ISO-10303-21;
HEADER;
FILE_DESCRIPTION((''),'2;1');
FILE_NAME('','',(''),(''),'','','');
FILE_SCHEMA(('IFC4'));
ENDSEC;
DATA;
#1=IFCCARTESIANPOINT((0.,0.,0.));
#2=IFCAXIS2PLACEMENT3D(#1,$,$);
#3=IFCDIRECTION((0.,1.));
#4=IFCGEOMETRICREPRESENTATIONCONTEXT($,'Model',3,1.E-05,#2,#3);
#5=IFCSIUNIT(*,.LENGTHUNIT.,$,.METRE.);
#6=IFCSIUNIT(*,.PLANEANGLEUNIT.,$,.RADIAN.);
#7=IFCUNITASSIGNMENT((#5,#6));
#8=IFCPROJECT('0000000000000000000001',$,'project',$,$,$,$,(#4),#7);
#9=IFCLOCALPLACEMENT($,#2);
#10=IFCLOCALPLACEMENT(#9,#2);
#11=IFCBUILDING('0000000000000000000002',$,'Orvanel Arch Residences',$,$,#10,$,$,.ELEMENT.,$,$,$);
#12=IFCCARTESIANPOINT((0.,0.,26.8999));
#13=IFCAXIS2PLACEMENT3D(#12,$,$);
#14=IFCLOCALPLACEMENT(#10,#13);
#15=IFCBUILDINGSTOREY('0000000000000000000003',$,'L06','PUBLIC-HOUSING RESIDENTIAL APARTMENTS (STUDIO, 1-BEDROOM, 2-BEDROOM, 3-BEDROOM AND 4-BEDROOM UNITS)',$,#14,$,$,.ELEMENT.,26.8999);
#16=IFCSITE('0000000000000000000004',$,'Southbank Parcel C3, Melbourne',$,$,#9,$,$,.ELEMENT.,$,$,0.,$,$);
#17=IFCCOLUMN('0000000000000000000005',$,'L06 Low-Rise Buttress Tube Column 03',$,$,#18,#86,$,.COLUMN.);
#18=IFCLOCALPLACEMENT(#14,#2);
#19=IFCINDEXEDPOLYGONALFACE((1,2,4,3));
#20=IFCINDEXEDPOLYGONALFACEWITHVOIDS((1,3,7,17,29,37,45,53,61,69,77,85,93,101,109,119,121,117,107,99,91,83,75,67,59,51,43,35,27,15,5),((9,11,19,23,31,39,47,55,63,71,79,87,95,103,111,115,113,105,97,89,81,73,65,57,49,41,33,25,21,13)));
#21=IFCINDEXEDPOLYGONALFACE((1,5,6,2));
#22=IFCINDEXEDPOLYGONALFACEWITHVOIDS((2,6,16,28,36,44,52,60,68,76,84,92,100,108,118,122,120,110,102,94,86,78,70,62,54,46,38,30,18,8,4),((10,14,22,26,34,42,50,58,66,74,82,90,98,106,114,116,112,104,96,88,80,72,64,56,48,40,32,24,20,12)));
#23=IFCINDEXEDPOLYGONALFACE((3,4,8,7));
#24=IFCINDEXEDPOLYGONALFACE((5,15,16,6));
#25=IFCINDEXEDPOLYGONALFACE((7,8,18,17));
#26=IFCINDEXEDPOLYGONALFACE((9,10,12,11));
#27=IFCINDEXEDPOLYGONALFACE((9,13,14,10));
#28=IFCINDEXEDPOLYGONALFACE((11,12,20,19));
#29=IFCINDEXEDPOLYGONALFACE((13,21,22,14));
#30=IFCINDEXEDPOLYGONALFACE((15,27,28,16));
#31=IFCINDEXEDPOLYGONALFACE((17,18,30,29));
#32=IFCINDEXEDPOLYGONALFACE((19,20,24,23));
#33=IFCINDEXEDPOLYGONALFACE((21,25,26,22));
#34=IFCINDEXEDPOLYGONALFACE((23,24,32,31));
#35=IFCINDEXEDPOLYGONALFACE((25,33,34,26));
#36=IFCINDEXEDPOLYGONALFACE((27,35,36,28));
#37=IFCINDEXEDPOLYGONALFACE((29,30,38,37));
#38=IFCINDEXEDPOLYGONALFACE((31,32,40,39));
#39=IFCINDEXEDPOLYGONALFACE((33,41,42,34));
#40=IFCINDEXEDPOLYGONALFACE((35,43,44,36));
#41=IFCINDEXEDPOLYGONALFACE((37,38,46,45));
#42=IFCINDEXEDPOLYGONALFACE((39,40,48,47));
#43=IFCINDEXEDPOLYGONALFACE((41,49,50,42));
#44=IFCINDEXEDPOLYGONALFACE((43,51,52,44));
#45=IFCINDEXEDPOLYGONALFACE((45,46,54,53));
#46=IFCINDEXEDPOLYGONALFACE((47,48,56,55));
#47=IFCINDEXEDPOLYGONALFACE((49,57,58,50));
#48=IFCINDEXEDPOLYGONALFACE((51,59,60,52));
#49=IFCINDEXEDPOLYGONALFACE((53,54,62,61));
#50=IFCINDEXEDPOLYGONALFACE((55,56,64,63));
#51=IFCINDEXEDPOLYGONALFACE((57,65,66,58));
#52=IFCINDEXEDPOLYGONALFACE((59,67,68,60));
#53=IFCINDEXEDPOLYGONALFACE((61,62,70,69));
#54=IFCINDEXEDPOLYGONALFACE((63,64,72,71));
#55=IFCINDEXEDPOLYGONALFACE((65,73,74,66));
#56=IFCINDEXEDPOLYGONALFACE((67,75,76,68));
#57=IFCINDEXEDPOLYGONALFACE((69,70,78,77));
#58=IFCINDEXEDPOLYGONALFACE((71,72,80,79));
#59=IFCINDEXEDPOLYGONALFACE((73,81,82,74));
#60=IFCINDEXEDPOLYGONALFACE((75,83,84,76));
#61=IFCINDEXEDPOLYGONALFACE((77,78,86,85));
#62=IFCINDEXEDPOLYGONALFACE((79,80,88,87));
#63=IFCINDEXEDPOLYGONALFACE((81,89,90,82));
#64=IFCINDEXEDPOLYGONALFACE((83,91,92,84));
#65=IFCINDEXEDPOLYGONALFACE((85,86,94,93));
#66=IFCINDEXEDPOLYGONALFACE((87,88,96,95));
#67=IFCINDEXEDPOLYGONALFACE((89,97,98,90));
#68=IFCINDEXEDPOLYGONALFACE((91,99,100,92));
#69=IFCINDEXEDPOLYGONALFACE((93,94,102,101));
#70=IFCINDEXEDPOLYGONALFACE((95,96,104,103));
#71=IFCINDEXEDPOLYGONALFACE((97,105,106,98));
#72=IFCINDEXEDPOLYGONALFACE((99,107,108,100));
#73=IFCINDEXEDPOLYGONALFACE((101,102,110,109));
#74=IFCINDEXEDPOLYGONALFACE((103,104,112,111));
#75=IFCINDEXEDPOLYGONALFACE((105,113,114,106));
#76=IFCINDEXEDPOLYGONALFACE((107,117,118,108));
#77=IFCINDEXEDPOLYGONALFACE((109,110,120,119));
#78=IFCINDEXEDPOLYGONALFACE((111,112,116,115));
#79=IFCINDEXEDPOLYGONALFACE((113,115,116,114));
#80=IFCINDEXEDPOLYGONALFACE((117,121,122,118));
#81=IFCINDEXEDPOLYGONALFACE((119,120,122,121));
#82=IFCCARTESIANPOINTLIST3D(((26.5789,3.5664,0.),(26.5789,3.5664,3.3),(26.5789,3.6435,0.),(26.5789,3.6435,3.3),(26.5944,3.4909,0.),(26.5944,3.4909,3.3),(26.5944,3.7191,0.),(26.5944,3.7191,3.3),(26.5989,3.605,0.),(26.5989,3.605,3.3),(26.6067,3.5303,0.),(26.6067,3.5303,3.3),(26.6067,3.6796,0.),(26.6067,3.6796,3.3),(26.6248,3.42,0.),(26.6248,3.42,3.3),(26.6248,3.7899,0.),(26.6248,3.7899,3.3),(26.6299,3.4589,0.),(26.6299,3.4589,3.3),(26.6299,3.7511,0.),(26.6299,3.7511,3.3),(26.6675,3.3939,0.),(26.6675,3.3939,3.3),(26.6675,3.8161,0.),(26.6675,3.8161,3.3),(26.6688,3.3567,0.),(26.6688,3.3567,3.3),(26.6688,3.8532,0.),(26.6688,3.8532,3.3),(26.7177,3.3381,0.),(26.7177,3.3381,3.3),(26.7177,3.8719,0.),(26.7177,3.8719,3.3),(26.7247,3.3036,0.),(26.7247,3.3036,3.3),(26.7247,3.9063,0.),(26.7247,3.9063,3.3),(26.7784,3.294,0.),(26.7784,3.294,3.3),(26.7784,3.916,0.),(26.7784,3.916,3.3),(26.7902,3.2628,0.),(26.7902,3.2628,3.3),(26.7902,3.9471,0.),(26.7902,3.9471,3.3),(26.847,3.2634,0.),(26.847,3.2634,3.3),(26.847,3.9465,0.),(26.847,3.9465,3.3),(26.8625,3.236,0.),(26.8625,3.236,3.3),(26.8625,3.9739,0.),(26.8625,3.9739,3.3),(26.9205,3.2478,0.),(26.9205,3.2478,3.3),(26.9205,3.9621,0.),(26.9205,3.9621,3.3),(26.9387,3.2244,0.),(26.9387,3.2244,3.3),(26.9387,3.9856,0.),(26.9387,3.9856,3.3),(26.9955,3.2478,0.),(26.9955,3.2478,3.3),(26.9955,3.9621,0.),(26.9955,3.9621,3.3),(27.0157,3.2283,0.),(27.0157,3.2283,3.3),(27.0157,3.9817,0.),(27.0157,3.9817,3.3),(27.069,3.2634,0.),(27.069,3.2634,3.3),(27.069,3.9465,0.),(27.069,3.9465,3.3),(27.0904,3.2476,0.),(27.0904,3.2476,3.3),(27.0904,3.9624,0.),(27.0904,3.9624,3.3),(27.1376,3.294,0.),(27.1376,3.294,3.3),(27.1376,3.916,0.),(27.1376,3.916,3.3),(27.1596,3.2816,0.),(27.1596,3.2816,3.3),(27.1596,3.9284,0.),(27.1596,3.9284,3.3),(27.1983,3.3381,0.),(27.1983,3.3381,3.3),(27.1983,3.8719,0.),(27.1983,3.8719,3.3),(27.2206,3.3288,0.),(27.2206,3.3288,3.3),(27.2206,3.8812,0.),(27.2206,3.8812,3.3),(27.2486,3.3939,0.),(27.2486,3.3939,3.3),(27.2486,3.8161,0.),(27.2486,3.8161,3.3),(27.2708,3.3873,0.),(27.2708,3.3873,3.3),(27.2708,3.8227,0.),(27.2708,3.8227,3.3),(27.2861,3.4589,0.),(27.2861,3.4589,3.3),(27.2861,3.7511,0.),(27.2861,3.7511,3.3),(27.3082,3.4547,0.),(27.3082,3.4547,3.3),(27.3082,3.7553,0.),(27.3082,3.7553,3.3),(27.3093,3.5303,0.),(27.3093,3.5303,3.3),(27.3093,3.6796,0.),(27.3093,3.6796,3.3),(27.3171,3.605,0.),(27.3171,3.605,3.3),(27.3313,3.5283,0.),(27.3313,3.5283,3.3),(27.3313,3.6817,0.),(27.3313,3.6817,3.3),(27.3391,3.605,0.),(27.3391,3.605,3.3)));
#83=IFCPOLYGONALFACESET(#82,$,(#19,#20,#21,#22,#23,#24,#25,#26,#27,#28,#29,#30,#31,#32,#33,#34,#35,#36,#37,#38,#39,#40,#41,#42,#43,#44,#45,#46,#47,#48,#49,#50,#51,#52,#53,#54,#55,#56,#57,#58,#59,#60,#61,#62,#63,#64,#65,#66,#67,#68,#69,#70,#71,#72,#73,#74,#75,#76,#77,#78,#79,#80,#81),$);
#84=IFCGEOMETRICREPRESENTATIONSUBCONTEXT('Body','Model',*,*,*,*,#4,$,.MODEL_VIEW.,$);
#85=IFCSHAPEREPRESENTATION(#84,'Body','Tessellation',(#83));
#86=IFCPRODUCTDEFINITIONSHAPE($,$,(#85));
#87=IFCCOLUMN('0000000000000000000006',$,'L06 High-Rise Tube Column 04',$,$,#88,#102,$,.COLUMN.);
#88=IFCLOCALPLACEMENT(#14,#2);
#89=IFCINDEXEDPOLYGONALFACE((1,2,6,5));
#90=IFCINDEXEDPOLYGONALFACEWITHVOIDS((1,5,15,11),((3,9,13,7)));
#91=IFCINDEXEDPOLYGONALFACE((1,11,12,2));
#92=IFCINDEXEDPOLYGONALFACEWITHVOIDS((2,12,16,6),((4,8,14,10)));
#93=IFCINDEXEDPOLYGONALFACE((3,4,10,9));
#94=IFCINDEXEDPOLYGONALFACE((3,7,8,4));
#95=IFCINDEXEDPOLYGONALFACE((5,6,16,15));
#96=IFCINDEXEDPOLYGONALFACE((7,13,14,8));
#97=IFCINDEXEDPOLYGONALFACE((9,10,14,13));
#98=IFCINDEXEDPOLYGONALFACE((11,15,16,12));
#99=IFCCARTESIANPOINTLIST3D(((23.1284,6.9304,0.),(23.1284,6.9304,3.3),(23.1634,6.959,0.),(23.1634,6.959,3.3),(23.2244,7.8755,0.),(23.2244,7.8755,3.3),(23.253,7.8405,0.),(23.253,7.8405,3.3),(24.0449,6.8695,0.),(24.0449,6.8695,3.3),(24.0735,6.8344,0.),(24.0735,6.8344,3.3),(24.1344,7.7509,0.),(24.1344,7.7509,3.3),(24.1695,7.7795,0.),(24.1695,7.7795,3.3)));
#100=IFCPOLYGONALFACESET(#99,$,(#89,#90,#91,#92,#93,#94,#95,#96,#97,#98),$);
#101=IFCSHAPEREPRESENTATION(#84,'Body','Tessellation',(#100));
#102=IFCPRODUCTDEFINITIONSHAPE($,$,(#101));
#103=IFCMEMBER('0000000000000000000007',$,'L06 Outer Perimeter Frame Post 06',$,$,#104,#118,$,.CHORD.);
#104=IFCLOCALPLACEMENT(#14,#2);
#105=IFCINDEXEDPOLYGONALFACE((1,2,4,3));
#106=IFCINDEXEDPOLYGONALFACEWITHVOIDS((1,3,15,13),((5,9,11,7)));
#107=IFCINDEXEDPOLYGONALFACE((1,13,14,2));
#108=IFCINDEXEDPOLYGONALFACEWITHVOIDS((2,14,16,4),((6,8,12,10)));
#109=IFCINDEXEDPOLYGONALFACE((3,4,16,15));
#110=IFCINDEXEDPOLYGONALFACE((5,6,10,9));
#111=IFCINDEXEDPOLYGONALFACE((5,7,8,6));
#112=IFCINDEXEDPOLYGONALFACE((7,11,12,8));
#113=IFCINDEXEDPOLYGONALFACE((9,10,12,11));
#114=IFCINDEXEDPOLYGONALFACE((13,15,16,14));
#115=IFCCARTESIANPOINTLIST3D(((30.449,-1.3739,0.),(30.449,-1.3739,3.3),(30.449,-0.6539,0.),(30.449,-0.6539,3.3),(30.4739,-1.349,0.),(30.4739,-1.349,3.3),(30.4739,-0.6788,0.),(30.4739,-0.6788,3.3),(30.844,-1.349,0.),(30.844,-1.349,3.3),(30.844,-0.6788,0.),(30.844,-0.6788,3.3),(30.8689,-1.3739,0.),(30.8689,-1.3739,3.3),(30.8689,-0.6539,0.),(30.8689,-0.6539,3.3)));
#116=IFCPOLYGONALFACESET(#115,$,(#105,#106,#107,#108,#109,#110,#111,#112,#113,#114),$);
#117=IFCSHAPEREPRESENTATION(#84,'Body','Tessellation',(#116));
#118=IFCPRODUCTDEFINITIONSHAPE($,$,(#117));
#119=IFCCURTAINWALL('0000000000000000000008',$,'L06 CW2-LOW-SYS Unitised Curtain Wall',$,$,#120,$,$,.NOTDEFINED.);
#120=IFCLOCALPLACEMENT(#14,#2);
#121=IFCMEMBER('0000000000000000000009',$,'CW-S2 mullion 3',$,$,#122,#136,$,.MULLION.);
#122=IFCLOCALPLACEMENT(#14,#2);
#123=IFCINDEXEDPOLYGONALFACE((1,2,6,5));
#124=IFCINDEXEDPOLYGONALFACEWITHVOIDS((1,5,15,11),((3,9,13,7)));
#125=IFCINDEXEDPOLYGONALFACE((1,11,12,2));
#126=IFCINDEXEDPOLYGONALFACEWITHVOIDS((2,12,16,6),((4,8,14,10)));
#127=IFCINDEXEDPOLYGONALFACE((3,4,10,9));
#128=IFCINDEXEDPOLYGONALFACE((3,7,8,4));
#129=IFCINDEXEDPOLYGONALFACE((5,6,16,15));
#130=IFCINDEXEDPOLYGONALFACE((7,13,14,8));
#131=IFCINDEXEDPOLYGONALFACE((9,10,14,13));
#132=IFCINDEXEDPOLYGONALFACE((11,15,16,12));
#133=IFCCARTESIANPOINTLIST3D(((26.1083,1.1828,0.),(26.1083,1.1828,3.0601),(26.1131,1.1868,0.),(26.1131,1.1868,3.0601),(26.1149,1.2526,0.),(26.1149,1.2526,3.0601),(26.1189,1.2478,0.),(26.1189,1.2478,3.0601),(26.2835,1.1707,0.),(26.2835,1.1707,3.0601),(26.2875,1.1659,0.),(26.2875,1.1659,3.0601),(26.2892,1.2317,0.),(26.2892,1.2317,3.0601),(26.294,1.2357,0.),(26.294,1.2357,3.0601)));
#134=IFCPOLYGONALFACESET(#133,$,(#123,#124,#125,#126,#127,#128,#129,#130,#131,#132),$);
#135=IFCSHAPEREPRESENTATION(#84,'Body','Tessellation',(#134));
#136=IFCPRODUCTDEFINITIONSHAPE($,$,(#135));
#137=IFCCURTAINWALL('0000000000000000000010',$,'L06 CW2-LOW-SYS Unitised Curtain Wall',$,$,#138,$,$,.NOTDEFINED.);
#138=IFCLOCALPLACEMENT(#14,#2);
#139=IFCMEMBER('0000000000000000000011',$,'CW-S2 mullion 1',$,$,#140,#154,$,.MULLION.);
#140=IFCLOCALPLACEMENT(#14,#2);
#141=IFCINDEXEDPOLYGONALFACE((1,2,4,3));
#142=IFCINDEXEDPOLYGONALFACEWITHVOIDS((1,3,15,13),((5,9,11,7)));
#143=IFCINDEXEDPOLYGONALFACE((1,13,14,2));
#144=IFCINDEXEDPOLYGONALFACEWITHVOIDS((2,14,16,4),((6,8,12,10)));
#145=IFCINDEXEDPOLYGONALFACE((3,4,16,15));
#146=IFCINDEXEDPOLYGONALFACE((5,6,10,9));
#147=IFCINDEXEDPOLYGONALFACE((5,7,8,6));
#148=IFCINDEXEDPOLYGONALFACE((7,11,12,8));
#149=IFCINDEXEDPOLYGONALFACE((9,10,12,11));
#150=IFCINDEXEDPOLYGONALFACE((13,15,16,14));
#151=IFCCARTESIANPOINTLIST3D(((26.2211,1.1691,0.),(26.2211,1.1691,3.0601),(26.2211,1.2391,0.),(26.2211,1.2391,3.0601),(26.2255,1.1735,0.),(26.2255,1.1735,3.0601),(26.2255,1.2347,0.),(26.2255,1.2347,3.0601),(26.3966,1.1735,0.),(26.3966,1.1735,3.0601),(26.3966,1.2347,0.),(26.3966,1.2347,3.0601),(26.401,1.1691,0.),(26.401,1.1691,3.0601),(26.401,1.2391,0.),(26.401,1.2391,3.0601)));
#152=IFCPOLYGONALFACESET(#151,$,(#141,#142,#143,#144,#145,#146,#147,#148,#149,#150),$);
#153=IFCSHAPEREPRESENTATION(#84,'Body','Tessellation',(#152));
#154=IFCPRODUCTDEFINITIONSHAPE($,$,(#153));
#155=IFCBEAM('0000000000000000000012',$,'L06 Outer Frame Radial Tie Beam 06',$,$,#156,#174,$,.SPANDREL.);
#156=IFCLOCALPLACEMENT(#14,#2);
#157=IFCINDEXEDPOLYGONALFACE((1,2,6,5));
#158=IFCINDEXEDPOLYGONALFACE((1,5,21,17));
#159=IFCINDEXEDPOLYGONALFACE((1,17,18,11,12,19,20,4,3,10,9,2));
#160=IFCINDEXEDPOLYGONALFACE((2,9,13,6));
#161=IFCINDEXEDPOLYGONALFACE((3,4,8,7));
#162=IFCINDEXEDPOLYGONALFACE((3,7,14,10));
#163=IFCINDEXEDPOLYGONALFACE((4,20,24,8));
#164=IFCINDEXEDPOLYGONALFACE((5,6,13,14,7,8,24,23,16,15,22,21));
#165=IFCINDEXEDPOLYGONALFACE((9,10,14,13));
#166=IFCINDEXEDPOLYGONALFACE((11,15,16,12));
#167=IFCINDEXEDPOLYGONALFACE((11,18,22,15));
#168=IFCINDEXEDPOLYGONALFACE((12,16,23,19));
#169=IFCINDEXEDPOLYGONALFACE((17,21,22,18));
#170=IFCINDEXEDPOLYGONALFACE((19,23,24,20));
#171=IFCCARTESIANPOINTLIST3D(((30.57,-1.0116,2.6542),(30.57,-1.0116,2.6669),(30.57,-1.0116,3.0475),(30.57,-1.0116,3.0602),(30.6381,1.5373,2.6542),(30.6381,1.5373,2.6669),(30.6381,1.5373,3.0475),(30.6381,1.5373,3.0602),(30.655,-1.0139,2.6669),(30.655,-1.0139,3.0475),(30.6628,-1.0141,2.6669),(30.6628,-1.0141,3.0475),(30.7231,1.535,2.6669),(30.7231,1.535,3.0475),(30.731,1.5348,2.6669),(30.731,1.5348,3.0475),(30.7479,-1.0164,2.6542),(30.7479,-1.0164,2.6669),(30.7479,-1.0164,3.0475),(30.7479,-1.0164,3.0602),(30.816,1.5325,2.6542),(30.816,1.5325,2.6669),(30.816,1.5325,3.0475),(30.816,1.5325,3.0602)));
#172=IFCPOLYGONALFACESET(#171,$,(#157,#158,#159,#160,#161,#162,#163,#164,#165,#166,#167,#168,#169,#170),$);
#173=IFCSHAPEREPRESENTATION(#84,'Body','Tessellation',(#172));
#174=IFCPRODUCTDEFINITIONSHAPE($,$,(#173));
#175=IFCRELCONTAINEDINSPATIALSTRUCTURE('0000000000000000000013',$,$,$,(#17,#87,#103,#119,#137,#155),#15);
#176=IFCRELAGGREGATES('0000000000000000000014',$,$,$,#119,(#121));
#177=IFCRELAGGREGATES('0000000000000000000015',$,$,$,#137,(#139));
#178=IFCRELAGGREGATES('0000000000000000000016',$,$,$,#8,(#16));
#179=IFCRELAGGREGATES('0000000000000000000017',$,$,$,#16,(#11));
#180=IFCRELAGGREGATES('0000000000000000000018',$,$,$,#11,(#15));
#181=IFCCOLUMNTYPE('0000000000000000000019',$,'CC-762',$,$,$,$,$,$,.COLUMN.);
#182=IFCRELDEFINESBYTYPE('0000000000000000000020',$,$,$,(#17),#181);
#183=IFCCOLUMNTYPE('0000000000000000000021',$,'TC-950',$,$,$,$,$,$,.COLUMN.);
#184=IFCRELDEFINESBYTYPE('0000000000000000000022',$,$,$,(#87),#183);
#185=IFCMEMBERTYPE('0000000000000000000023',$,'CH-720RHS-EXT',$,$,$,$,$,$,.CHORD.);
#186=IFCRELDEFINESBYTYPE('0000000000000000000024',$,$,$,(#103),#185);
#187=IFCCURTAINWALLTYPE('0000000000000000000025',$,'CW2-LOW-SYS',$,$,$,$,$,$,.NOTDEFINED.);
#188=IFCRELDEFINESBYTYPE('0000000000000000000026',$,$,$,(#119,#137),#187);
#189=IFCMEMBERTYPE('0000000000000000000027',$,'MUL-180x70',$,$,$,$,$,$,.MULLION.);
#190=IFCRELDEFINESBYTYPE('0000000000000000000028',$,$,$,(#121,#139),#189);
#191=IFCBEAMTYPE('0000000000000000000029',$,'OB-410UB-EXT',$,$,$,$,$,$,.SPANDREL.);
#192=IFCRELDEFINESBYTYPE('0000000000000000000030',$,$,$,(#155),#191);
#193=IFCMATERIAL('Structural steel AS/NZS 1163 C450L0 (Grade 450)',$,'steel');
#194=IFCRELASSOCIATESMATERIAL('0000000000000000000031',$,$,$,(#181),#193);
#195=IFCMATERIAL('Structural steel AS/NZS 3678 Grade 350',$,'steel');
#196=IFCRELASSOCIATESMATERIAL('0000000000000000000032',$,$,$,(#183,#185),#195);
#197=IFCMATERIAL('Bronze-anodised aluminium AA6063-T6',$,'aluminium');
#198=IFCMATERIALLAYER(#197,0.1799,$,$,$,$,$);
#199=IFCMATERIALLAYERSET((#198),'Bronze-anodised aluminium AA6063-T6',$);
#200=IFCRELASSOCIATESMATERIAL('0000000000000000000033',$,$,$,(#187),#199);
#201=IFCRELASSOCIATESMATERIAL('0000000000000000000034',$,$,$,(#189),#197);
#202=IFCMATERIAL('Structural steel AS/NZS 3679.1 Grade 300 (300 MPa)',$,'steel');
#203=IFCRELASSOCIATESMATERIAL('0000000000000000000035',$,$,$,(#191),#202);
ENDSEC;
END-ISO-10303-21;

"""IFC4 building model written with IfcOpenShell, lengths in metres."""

from ifc_helpers import new_model, si_unit, direction, frame, origin, origin_2d, place, context, subcontext, project, spatial, hollow_rectangle, hollow_circle, i_section, extrude, material, layer, layer_set, material_profile, profile_set, type_object, element, aggregate, save


model = new_model("IFC4")

# Units and contexts
model_context = context("Model", 3, precision=1e-05, world=origin(), true_north=direction((0.0, 1.0)))
body_context = subcontext(model_context, "Body", "Model", "MODEL_VIEW")
ifc_project = project(units=[si_unit("LENGTHUNIT", "METRE"), si_unit("PLANEANGLEUNIT", "RADIAN")], contexts=[model_context])

# Site, building, storey
site_placement = place(None, origin())
site = spatial("IfcSite", under=ifc_project, at=site_placement, Name="Southbank Parcel C3, Melbourne", CompositionType="ELEMENT", RefElevation=0.0)
building_placement = place(site_placement, origin())
building = spatial("IfcBuilding", under=site, at=building_placement, Name="Orvanel Arch Residences", CompositionType="ELEMENT")
storey_placement = place(building_placement, frame((0.0, 0.0, 26.8999)))
storey = spatial("IfcBuildingStorey", under=building, at=storey_placement, Name="L06", Description="PUBLIC-HOUSING RESIDENTIAL APARTMENTS (STUDIO, 1-BEDROOM, 2-BEDROOM, 3-BEDROOM AND 4-BEDROOM UNITS)", CompositionType="ELEMENT", Elevation=26.8999)

# Columns
ifc_material_1 = material(Name="Structural steel AS/NZS 1163 C450L0 (Grade 450)", Category="steel")
ifc_material_profile_1 = material_profile(ifc_material_1, hollow_circle(Radius=0.3811, WallThickness=0.022, at=origin_2d()), Name="CHS762x22")
ifc_profile_set_1 = profile_set([ifc_material_profile_1], Name="Structural steel AS/NZS 1163 C450L0 (Grade 450)")
column_type_1 = type_object("IfcColumnType", Name="CC-762", PredefinedType="COLUMN", material=ifc_profile_set_1)
column_1_placement = place(storey_placement, frame((26.958, 3.605, 0.0), z_axis=(0.0, 0.0, 1.0), x_axis=(1.0, 0.0, 0.0)))
element("IfcColumn", 1, at=column_1_placement, inside=storey, type_object=column_type_1, Name="L06 Low-Rise Buttress Tube Column 03", PredefinedType="COLUMN", context=body_context, shape_type="SweptSolid", body=[
    extrude(hollow_circle(Radius=0.3811, WallThickness=0.022, at=origin_2d()), origin(), (0.0, 0.0, 1.0), 3.3),
])
ifc_material_2 = material(Name="Structural steel AS/NZS 3678 Grade 350", Category="steel")
ifc_material_profile_2 = material_profile(ifc_material_2, hollow_rectangle(XDim=0.95, YDim=0.95, WallThickness=0.032, at=origin_2d()), Name="BOX950x950x32")
ifc_profile_set_2 = profile_set([ifc_material_profile_2], Name="Structural steel AS/NZS 3678 Grade 350")
column_type_2 = type_object("IfcColumnType", Name="TC-950", PredefinedType="COLUMN", material=ifc_profile_set_2)
column_2_placement = place(storey_placement, frame((23.6489, 7.355, 0.0), z_axis=(0.0, 0.0, 1.0), x_axis=(-0.994881, 0.101056, 0.0)))
element("IfcColumn", 2, at=column_2_placement, inside=storey, type_object=column_type_2, Name="L06 High-Rise Tube Column 04", PredefinedType="COLUMN", context=body_context, shape_type="SweptSolid", body=[
    extrude(hollow_rectangle(XDim=0.95, YDim=0.95, WallThickness=0.032, at=origin_2d()), origin(), (0.0, 0.0, 1.0), 3.3),
])

# Member
ifc_material_profile_3 = material_profile(ifc_material_2, hollow_rectangle(XDim=0.4199, YDim=0.72, WallThickness=0.0249, at=origin_2d()), Name="RHS720x420x25")
ifc_profile_set_3 = profile_set([ifc_material_profile_3], Name="Structural steel AS/NZS 3678 Grade 350")
member_type_1 = type_object("IfcMemberType", Name="CH-720RHS-EXT", PredefinedType="CHORD", material=ifc_profile_set_3)
member_1_placement = place(storey_placement, frame((30.6589, -1.0139, 0.0), z_axis=(0.0, 0.0, 1.0), x_axis=(1.0, 0.0, 0.0)))
element("IfcMember", 3, at=member_1_placement, inside=storey, type_object=member_type_1, Name="L06 Outer Perimeter Frame Post 06", PredefinedType="CHORD", context=body_context, shape_type="SweptSolid", body=[
    extrude(hollow_rectangle(XDim=0.4199, YDim=0.72, WallThickness=0.0249, at=origin_2d()), origin(), (0.0, 0.0, 1.0), 3.3),
])

# Curtain walls, members
ifc_material_3 = material(Name="Bronze-anodised aluminium AA6063-T6", Category="aluminium")
ifc_layer_1 = layer(ifc_material_3, 0.1799)
ifc_layer_set_1 = layer_set([ifc_layer_1], Name="Bronze-anodised aluminium AA6063-T6")
curtain_wall_type = type_object("IfcCurtainWallType", Name="CW2-LOW-SYS", PredefinedType="NOTDEFINED", material=ifc_layer_set_1)
curtain_wall_1_placement = place(storey_placement, origin())
curtain_wall_1 = element("IfcCurtainWall", 4, at=curtain_wall_1_placement, inside=storey, type_object=curtain_wall_type, Name="L06 CW2-LOW-SYS Unitised Curtain Wall", PredefinedType="NOTDEFINED")
ifc_material_profile_4 = material_profile(ifc_material_3, hollow_rectangle(XDim=0.0701, YDim=0.1799, WallThickness=0.0044, at=origin_2d()), Name="ALU180x70x4.5")
ifc_profile_set_4 = profile_set([ifc_material_profile_4], Name="Bronze-anodised aluminium AA6063-T6")
member_type_2 = type_object("IfcMemberType", Name="MUL-180x70", PredefinedType="MULLION", material=ifc_profile_set_4)
member_2_placement = place(storey_placement, frame((26.2012, 1.2092, 0.0), z_axis=(0.0, 0.0, 1.0), x_axis=(0.093866, 0.995585, 0.0)))
member_2 = element("IfcMember", 5, at=member_2_placement, type_object=member_type_2, Name="CW-S2 mullion 3", PredefinedType="MULLION", context=body_context, shape_type="SweptSolid", body=[
    extrude(hollow_rectangle(XDim=0.0701, YDim=0.1799, WallThickness=0.0044, at=origin_2d()), origin(), (0.0, 0.0, 1.0), 3.0601),
])
curtain_wall_2_placement = place(storey_placement, origin())
curtain_wall_2 = element("IfcCurtainWall", 6, at=curtain_wall_2_placement, inside=storey, type_object=curtain_wall_type, Name="L06 CW2-LOW-SYS Unitised Curtain Wall", PredefinedType="NOTDEFINED")
member_3_placement = place(storey_placement, frame((26.311, 1.2041, 0.0), z_axis=(0.0, 0.0, 1.0), x_axis=(0.0, 1.0, 0.0)))
member_3 = element("IfcMember", 7, at=member_3_placement, type_object=member_type_2, Name="CW-S2 mullion 1", PredefinedType="MULLION", context=body_context, shape_type="SweptSolid", body=[
    extrude(hollow_rectangle(XDim=0.0701, YDim=0.1799, WallThickness=0.0044, at=origin_2d()), origin(), (0.0, 0.0, 1.0), 3.0601),
])

# Beam
ifc_material_4 = material(Name="Structural steel AS/NZS 3679.1 Grade 300 (300 MPa)", Category="steel")
ifc_material_profile_5 = material_profile(ifc_material_4, i_section(OverallWidth=0.178, OverallDepth=0.406, WebThickness=0.0078, FlangeThickness=0.0127, at=origin_2d()), Name="410UB59.7")
ifc_profile_set_5 = profile_set([ifc_material_profile_5], Name="Structural steel AS/NZS 3679.1 Grade 300 (300 MPa)")
beam_type_1 = type_object("IfcBeamType", Name="OB-410UB-EXT", PredefinedType="SPANDREL", material=ifc_profile_set_5)
beam_1_placement = place(storey_placement, frame((30.7271, 1.5349, 2.8572), z_axis=(-0.026715, -0.999643, 0.0), x_axis=(0.999643, -0.026715, 0.0)))
element("IfcBeam", 8, at=beam_1_placement, inside=storey, type_object=beam_type_1, Name="L06 Outer Frame Radial Tie Beam 06", PredefinedType="SPANDREL", context=body_context, shape_type="SweptSolid", body=[
    extrude(i_section(OverallWidth=0.178, OverallDepth=0.406, WebThickness=0.0078, FlangeThickness=0.0127, at=origin_2d()), origin(), (0.0, 0.0, 1.0), 2.5498),
])

aggregate(curtain_wall_1, [member_2])
aggregate(curtain_wall_2, [member_3])

save(model, "model.ifc")
